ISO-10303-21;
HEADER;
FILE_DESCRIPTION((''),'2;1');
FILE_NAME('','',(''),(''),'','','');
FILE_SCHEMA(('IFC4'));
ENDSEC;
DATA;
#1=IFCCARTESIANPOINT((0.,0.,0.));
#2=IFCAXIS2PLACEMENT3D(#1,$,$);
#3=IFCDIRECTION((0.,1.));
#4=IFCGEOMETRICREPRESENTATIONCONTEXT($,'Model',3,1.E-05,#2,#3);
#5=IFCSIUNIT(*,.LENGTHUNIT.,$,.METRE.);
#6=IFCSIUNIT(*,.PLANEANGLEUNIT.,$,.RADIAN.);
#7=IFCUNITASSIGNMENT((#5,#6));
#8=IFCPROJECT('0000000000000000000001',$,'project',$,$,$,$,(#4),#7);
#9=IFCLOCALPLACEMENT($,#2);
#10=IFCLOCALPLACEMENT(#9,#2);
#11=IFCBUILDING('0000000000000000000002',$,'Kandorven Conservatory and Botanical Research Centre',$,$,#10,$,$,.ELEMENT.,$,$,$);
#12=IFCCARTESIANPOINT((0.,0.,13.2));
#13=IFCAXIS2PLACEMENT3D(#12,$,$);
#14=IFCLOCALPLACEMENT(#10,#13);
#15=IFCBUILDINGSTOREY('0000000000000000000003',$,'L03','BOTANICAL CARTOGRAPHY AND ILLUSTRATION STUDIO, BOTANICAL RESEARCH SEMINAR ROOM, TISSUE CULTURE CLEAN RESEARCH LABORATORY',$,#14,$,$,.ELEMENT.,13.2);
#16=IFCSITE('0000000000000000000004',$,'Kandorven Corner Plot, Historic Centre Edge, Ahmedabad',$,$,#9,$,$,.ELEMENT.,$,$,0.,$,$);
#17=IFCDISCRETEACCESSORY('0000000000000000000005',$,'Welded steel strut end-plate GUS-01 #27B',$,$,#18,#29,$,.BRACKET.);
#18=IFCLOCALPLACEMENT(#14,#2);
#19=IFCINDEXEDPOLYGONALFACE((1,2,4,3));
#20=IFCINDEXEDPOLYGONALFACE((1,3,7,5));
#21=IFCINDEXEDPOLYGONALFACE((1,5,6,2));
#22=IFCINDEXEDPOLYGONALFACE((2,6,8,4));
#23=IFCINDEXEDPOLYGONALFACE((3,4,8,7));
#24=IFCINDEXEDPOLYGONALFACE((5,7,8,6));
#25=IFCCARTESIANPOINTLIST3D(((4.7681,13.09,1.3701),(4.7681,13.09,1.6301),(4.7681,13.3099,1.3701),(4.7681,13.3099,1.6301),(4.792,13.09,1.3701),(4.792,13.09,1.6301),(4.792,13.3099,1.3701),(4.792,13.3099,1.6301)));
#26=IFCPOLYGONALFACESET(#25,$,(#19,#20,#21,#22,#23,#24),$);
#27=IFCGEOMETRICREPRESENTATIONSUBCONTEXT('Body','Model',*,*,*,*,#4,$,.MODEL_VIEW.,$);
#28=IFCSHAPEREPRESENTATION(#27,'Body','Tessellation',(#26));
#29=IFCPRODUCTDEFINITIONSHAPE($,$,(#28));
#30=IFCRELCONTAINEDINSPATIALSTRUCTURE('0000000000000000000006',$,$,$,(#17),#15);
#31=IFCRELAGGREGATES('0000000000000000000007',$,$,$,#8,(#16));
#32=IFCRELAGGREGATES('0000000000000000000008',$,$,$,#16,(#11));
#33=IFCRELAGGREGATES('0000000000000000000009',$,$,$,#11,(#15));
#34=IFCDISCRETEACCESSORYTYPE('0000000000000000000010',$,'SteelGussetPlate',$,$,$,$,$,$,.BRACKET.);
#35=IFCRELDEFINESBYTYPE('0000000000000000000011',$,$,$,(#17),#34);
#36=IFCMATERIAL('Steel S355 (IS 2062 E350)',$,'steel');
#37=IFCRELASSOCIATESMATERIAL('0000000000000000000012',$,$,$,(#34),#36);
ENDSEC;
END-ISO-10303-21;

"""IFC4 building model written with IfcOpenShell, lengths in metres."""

from ifc_helpers import new_model, si_unit, direction, frame, origin, origin_2d, place, context, subcontext, project, spatial, rectangle, extrude, material, type_object, element, save


model = new_model("IFC4")

# Units and contexts
model_context = context("Model", 3, precision=1e-05, world=origin(), true_north=direction((0.0, 1.0)))
body_context = subcontext(model_context, "Body", "Model", "MODEL_VIEW")
ifc_project = project(units=[si_unit("LENGTHUNIT", "METRE"), si_unit("PLANEANGLEUNIT", "RADIAN")], contexts=[model_context])

# Site, building, storey
site_placement = place(None, origin())
site = spatial("IfcSite", under=ifc_project, at=site_placement, Name="Kandorven Corner Plot, Historic Centre Edge, Ahmedabad", CompositionType="ELEMENT", RefElevation=0.0)
building_placement = place(site_placement, origin())
building = spatial("IfcBuilding", under=site, at=building_placement, Name="Kandorven Conservatory and Botanical Research Centre", CompositionType="ELEMENT")
storey_placement = place(building_placement, frame((0.0, 0.0, 13.2)))
storey = spatial("IfcBuildingStorey", under=building, at=storey_placement, Name="L03", Description="BOTANICAL CARTOGRAPHY AND ILLUSTRATION STUDIO, BOTANICAL RESEARCH SEMINAR ROOM, TISSUE CULTURE CLEAN RESEARCH LABORATORY", CompositionType="ELEMENT", Elevation=13.2)

# Discrete accessory
ifc_material_1 = material(Name="Steel S355 (IS 2062 E350)", Category="steel")
discrete_accessory_type_1 = type_object("IfcDiscreteAccessoryType", Name="SteelGussetPlate", PredefinedType="BRACKET", material=ifc_material_1)
for number, where, z_axis, x_axis, name in (
    (1, (4.78, 13.2, 1.3701), (0.0, 0.0, 1.0), (1.0, 0.0, 0.0), "Welded steel strut end-plate GUS-01 #27B"),
):
    element("IfcDiscreteAccessory", number, at=place(storey_placement, frame(where, z_axis=z_axis, x_axis=x_axis)), inside=storey, type_object=discrete_accessory_type_1, Name=name, PredefinedType="BRACKET", context=body_context, shape_type="SweptSolid", body=[
        extrude(rectangle(XDim=0.0239, YDim=0.22, at=origin_2d()), origin(), (0.0, 0.0, 1.0), 0.26),
    ])

save(model, "model.ifc")
